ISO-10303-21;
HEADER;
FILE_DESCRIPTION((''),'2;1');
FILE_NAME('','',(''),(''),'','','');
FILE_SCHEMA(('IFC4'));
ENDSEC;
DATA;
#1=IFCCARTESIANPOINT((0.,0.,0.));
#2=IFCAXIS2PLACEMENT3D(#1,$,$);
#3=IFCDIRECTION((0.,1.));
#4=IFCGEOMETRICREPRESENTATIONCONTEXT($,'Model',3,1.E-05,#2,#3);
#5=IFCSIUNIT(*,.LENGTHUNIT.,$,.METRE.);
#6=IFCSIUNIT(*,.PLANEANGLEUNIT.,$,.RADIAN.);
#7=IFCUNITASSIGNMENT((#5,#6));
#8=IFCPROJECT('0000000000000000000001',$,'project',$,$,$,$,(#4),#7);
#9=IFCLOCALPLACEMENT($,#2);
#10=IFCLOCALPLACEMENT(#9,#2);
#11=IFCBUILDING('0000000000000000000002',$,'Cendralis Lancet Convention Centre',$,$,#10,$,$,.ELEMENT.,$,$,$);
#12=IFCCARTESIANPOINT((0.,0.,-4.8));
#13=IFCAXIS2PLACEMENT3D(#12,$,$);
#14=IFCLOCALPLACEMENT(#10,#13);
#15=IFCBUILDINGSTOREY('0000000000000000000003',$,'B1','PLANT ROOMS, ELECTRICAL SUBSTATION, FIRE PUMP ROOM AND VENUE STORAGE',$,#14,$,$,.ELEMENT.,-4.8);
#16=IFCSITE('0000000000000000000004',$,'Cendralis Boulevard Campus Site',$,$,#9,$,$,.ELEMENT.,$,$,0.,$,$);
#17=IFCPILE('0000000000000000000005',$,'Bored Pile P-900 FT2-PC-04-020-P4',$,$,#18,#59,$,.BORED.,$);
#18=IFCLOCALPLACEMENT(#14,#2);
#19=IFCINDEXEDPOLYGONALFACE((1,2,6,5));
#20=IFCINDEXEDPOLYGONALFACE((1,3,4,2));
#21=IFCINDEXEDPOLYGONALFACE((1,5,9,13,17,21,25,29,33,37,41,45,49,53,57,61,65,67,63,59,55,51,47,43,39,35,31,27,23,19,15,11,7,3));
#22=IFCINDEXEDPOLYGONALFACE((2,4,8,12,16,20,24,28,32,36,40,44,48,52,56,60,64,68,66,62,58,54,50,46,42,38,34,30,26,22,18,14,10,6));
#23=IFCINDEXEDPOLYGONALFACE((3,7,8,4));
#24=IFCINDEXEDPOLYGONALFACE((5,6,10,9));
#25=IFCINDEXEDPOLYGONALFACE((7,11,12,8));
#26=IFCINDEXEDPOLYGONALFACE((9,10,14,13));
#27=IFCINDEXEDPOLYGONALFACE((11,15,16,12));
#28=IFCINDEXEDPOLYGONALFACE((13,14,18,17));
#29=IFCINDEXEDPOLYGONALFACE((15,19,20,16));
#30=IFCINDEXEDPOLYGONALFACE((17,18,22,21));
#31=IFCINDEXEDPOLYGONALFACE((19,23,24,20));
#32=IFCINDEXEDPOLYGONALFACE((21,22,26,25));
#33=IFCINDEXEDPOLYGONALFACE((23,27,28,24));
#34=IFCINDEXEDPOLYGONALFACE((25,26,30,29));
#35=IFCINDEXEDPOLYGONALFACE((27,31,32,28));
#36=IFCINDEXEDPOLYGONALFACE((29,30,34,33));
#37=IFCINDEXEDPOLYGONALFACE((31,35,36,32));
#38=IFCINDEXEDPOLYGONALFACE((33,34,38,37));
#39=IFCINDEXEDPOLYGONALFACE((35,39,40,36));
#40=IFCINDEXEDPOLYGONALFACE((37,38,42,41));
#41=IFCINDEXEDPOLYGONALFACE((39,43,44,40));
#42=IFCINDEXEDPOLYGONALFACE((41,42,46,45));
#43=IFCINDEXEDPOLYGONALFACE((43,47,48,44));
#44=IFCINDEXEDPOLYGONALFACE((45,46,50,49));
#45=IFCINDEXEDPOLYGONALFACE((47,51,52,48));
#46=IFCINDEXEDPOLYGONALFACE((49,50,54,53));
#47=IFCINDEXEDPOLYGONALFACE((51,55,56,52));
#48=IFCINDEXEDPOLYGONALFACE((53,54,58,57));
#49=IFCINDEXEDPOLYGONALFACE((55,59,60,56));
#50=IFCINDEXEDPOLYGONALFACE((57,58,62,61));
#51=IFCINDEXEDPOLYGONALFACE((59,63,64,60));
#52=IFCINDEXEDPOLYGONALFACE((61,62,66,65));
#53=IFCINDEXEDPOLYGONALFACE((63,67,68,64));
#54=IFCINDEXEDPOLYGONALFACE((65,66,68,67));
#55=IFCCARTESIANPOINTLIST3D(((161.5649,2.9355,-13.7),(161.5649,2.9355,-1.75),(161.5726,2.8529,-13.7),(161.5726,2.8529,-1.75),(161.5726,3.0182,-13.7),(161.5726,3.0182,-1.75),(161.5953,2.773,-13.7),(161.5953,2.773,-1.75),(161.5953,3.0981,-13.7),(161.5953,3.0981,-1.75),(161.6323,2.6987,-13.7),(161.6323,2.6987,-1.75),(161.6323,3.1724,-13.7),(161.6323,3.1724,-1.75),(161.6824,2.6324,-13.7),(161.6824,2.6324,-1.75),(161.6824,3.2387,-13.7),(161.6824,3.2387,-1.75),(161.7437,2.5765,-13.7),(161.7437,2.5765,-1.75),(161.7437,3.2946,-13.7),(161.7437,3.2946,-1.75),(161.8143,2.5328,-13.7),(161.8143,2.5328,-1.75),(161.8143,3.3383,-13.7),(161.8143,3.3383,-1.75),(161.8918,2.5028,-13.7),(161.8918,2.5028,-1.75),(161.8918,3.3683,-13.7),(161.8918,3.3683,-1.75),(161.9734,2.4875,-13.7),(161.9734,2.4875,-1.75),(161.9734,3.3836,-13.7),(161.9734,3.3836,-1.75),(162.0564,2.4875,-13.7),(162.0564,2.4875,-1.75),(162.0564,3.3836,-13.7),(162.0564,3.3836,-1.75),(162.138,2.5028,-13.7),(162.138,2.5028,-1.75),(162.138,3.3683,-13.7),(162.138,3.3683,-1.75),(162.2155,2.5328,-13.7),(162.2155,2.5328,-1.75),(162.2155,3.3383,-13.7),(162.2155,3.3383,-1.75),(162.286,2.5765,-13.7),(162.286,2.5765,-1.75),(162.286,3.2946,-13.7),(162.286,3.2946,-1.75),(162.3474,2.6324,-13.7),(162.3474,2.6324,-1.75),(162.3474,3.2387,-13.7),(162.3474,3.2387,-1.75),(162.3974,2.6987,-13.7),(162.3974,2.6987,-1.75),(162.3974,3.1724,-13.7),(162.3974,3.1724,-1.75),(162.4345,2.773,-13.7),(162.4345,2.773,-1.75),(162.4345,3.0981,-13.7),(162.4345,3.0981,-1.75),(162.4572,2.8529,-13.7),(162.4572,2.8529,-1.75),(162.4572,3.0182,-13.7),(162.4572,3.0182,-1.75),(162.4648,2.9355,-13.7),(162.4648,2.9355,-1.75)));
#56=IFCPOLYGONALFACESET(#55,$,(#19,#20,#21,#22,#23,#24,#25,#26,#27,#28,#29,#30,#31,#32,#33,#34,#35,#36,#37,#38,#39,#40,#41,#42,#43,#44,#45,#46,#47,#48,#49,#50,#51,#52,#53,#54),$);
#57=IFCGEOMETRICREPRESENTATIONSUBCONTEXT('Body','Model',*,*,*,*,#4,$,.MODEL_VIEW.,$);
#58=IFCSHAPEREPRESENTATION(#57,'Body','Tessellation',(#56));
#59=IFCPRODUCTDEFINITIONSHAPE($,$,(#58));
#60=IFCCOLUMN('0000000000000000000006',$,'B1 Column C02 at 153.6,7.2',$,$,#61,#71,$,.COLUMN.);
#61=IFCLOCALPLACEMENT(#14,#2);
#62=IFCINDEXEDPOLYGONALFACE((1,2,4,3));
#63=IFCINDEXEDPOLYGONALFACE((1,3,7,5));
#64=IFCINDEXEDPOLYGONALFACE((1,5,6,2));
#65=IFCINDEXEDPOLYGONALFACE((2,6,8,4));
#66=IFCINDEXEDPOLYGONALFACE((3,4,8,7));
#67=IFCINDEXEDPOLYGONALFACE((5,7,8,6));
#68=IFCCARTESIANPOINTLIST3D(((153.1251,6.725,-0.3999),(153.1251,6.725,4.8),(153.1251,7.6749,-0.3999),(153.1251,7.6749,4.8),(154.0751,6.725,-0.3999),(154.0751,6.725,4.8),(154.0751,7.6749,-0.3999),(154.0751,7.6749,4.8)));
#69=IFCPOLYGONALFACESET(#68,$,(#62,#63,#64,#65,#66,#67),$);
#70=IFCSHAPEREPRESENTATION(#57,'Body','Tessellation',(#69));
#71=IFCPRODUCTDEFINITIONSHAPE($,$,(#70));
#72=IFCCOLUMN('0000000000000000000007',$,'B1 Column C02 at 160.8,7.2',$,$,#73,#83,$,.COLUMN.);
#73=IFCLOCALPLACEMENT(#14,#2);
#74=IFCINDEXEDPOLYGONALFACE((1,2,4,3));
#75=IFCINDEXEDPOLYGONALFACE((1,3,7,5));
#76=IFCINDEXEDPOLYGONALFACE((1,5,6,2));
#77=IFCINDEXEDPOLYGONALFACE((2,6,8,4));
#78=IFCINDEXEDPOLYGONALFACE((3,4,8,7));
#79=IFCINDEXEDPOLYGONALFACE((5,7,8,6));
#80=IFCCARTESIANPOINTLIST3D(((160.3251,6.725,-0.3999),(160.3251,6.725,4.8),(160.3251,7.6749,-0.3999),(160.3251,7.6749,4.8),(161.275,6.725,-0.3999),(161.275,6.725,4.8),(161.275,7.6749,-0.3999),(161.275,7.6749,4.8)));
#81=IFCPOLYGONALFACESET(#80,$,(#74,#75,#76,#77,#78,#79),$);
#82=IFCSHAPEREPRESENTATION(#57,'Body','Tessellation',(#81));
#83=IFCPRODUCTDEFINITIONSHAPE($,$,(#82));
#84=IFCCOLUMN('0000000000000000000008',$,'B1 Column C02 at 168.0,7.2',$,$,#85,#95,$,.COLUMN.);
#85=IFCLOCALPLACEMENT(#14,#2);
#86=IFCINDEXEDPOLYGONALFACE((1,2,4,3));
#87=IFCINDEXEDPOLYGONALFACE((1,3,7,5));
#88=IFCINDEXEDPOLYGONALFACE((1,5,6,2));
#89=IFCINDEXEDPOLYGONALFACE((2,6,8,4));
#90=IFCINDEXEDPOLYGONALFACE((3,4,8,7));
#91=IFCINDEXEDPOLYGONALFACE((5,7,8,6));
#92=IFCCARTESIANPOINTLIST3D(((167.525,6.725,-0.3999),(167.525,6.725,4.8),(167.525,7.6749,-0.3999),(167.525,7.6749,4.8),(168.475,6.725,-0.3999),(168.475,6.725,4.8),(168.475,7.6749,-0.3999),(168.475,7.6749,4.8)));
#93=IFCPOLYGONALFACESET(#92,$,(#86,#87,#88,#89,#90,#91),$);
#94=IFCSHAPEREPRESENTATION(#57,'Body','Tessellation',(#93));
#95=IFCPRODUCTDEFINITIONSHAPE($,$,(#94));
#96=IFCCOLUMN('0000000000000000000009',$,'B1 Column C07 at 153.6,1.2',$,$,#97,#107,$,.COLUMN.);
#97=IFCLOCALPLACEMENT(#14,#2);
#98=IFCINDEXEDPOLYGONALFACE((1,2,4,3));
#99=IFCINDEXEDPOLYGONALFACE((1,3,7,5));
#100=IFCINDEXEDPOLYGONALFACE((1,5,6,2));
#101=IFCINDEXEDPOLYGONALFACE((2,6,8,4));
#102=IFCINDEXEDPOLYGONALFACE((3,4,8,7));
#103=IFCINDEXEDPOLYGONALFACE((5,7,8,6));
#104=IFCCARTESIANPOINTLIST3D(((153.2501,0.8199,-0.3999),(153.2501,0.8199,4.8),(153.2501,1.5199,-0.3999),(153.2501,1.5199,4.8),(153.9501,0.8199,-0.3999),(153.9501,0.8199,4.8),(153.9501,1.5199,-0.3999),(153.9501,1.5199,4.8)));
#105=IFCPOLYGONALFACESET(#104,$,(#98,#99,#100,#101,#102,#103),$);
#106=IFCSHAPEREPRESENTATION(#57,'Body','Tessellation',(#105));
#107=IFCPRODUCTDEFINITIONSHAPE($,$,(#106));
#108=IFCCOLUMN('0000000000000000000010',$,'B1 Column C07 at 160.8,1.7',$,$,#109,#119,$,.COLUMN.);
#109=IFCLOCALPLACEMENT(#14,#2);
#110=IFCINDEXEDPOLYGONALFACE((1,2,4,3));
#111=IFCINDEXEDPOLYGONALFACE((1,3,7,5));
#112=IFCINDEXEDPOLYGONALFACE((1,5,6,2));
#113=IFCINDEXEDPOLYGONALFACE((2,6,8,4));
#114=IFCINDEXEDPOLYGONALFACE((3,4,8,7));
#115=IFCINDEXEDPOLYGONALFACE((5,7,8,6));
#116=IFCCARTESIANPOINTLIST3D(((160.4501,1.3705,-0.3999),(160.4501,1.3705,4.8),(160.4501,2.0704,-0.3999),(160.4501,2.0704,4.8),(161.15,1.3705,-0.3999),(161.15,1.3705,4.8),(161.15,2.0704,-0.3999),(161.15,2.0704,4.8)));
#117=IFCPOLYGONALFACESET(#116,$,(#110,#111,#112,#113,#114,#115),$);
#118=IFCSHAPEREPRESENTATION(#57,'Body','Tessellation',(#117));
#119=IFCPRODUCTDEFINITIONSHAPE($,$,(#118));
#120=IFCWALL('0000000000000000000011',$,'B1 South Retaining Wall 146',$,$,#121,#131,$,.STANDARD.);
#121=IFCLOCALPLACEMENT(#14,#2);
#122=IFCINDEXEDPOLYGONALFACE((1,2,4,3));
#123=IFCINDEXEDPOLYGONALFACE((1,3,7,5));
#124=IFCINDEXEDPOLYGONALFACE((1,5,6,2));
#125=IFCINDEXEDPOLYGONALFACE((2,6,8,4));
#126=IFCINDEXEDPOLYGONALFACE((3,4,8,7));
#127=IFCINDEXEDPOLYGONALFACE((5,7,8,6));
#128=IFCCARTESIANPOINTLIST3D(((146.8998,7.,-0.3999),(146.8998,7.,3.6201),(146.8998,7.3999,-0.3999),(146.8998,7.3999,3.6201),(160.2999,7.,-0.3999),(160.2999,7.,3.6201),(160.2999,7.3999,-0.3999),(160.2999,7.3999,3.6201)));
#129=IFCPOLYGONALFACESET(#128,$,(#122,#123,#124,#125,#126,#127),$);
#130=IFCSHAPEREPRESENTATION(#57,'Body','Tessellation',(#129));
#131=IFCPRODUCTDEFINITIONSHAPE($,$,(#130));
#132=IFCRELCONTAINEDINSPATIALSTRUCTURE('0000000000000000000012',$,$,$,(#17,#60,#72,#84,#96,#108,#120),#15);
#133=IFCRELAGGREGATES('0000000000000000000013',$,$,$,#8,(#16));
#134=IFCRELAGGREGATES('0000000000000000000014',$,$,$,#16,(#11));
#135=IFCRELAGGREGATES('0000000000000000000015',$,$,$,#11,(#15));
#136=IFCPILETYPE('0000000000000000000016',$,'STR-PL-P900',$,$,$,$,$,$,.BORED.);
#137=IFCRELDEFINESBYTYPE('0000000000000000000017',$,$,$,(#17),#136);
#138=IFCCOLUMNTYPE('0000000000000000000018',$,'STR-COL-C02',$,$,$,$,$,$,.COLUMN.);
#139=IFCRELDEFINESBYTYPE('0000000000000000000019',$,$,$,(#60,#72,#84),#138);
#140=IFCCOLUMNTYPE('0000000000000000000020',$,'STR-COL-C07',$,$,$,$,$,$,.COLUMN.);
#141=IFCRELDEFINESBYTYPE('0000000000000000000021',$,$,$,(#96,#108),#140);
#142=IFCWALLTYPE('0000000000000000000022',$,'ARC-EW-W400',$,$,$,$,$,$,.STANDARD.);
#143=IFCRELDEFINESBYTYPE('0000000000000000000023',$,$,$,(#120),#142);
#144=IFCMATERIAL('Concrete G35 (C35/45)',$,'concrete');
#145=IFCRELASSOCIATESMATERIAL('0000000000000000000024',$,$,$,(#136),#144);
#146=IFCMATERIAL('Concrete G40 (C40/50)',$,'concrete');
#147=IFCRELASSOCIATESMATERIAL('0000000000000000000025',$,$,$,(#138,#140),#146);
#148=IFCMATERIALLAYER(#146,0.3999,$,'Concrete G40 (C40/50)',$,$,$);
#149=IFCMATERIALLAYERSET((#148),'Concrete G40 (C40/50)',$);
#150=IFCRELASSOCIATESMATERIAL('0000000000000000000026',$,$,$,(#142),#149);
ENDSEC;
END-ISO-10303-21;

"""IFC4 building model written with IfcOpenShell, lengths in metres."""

from ifc_helpers import new_model, si_unit, direction, frame, frame_2d, origin, origin_2d, place, context, subcontext, project, spatial, rectangle, circle, extrude, material, layer, layer_set, material_profile, profile_set, type_object, element, save


model = new_model("IFC4")

# Units and contexts
model_context = context("Model", 3, precision=1e-05, world=origin(), true_north=direction((0.0, 1.0)))
body_context = subcontext(model_context, "Body", "Model", "MODEL_VIEW")
ifc_project = project(units=[si_unit("LENGTHUNIT", "METRE"), si_unit("PLANEANGLEUNIT", "RADIAN")], contexts=[model_context])

# Site, building, storey
site_placement = place(None, origin())
site = spatial("IfcSite", under=ifc_project, at=site_placement, Name="Cendralis Boulevard Campus Site", CompositionType="ELEMENT", RefElevation=0.0)
building_placement = place(site_placement, origin())
building = spatial("IfcBuilding", under=site, at=building_placement, Name="Cendralis Lancet Convention Centre", CompositionType="ELEMENT")
storey_placement = place(building_placement, frame((0.0, 0.0, -4.8)))
storey = spatial("IfcBuildingStorey", under=building, at=storey_placement, Name="B1", Description="PLANT ROOMS, ELECTRICAL SUBSTATION, FIRE PUMP ROOM AND VENUE STORAGE", CompositionType="ELEMENT", Elevation=-4.8)

# Shared definitions
ifc_material_1 = material(Name="Concrete G35 (C35/45)", Category="concrete")

# Pile
ifc_material_profile_1 = material_profile(ifc_material_1, circle(Radius=0.45, at=origin_2d()), Name="BORED PILE D900")
ifc_profile_set_1 = profile_set([ifc_material_profile_1], Name="Concrete G35 (C35/45)")
pile_type_1 = type_object("IfcPileType", Name="STR-PL-P900", PredefinedType="BORED", material=ifc_profile_set_1)
for number, where, z_axis, x_axis, name in (
    (1, (162.0149, 2.9355, -1.75), (0.0, 0.0, -1.0), (1.0, 0.0, 0.0), "Bored Pile P-900 FT2-PC-04-020-P4"),
):
    element("IfcPile", number, at=place(storey_placement, frame(where, z_axis=z_axis, x_axis=x_axis)), inside=storey, type_object=pile_type_1, Name=name, PredefinedType="BORED", context=body_context, shape_type="SweptSolid", body=[
        extrude(circle(Radius=0.45, at=origin_2d()), origin(), (0.0, 0.0, 1.0), 11.95),
    ])

# Columns
ifc_material_2 = material(Name="Concrete G40 (C40/50)", Category="concrete")
ifc_material_profile_2 = material_profile(ifc_material_2, rectangle(XDim=0.95, YDim=0.95, at=origin_2d()), Name="RC 950x950")
ifc_profile_set_2 = profile_set([ifc_material_profile_2], Name="Concrete G40 (C40/50)")
column_type_1 = type_object("IfcColumnType", Name="STR-COL-C02", PredefinedType="COLUMN", material=ifc_profile_set_2)
for number, where, z_axis, x_axis, name in (
    (2, (153.6001, 7.2, -0.3999), (0.0, 0.0, 1.0), (1.0, 0.0, 0.0), "B1 Column C02 at 153.6,7.2"),
    (3, (160.8, 7.2, -0.3999), (0.0, 0.0, 1.0), (1.0, 0.0, 0.0), "B1 Column C02 at 160.8,7.2"),
    (4, (168.0, 7.2, -0.3999), (0.0, 0.0, 1.0), (1.0, 0.0, 0.0), "B1 Column C02 at 168.0,7.2"),
):
    element("IfcColumn", number, at=place(storey_placement, frame(where, z_axis=z_axis, x_axis=x_axis)), inside=storey, type_object=column_type_1, Name=name, PredefinedType="COLUMN", context=body_context, shape_type="SweptSolid", body=[
        extrude(rectangle(XDim=0.95, YDim=0.95, at=origin_2d()), origin(), (0.0, 0.0, 1.0), 5.2),
    ])
ifc_material_profile_3 = material_profile(ifc_material_2, rectangle(XDim=0.7, YDim=0.7, at=origin_2d()), Name="RC 700x700")
ifc_profile_set_3 = profile_set([ifc_material_profile_3], Name="Concrete G40 (C40/50)")
column_type_2 = type_object("IfcColumnType", Name="STR-COL-C07", PredefinedType="COLUMN", material=ifc_profile_set_3)
for number, where, z_axis, x_axis, name in (
    (5, (153.6001, 1.1699, -0.3999), (0.0, 0.0, 1.0), (1.0, 0.0, 0.0), "B1 Column C07 at 153.6,1.2"),
    (6, (160.8, 1.7205, -0.3999), (0.0, 0.0, 1.0), (1.0, 0.0, 0.0), "B1 Column C07 at 160.8,1.7"),
):
    element("IfcColumn", number, at=place(storey_placement, frame(where, z_axis=z_axis, x_axis=x_axis)), inside=storey, type_object=column_type_2, Name=name, PredefinedType="COLUMN", context=body_context, shape_type="SweptSolid", body=[
        extrude(rectangle(XDim=0.7, YDim=0.7, at=origin_2d()), origin(), (0.0, 0.0, 1.0), 5.2),
    ])

# Wall
ifc_layer = layer(ifc_material_2, 0.3999, Name="Concrete G40 (C40/50)")
ifc_layer_set = layer_set([ifc_layer], Name="Concrete G40 (C40/50)")
wall_type = type_object("IfcWallType", Name="ARC-EW-W400", PredefinedType="STANDARD", material=ifc_layer_set)
wall_placement = place(storey_placement, frame((160.3, 7.2, -0.3999), z_axis=(0.0, 0.0, 1.0), x_axis=(-1.0, 0.0, 0.0)))
element("IfcWall", 7, at=wall_placement, inside=storey, type_object=wall_type, Name="B1 South Retaining Wall 146", PredefinedType="STANDARD", context=body_context, shape_type="SweptSolid", body=[
    extrude(rectangle(XDim=13.4001, YDim=0.3999, at=frame_2d((6.7002, 0.0))), origin(), (0.0, 0.0, 1.0), 4.02),
])

save(model, "model.ifc")
